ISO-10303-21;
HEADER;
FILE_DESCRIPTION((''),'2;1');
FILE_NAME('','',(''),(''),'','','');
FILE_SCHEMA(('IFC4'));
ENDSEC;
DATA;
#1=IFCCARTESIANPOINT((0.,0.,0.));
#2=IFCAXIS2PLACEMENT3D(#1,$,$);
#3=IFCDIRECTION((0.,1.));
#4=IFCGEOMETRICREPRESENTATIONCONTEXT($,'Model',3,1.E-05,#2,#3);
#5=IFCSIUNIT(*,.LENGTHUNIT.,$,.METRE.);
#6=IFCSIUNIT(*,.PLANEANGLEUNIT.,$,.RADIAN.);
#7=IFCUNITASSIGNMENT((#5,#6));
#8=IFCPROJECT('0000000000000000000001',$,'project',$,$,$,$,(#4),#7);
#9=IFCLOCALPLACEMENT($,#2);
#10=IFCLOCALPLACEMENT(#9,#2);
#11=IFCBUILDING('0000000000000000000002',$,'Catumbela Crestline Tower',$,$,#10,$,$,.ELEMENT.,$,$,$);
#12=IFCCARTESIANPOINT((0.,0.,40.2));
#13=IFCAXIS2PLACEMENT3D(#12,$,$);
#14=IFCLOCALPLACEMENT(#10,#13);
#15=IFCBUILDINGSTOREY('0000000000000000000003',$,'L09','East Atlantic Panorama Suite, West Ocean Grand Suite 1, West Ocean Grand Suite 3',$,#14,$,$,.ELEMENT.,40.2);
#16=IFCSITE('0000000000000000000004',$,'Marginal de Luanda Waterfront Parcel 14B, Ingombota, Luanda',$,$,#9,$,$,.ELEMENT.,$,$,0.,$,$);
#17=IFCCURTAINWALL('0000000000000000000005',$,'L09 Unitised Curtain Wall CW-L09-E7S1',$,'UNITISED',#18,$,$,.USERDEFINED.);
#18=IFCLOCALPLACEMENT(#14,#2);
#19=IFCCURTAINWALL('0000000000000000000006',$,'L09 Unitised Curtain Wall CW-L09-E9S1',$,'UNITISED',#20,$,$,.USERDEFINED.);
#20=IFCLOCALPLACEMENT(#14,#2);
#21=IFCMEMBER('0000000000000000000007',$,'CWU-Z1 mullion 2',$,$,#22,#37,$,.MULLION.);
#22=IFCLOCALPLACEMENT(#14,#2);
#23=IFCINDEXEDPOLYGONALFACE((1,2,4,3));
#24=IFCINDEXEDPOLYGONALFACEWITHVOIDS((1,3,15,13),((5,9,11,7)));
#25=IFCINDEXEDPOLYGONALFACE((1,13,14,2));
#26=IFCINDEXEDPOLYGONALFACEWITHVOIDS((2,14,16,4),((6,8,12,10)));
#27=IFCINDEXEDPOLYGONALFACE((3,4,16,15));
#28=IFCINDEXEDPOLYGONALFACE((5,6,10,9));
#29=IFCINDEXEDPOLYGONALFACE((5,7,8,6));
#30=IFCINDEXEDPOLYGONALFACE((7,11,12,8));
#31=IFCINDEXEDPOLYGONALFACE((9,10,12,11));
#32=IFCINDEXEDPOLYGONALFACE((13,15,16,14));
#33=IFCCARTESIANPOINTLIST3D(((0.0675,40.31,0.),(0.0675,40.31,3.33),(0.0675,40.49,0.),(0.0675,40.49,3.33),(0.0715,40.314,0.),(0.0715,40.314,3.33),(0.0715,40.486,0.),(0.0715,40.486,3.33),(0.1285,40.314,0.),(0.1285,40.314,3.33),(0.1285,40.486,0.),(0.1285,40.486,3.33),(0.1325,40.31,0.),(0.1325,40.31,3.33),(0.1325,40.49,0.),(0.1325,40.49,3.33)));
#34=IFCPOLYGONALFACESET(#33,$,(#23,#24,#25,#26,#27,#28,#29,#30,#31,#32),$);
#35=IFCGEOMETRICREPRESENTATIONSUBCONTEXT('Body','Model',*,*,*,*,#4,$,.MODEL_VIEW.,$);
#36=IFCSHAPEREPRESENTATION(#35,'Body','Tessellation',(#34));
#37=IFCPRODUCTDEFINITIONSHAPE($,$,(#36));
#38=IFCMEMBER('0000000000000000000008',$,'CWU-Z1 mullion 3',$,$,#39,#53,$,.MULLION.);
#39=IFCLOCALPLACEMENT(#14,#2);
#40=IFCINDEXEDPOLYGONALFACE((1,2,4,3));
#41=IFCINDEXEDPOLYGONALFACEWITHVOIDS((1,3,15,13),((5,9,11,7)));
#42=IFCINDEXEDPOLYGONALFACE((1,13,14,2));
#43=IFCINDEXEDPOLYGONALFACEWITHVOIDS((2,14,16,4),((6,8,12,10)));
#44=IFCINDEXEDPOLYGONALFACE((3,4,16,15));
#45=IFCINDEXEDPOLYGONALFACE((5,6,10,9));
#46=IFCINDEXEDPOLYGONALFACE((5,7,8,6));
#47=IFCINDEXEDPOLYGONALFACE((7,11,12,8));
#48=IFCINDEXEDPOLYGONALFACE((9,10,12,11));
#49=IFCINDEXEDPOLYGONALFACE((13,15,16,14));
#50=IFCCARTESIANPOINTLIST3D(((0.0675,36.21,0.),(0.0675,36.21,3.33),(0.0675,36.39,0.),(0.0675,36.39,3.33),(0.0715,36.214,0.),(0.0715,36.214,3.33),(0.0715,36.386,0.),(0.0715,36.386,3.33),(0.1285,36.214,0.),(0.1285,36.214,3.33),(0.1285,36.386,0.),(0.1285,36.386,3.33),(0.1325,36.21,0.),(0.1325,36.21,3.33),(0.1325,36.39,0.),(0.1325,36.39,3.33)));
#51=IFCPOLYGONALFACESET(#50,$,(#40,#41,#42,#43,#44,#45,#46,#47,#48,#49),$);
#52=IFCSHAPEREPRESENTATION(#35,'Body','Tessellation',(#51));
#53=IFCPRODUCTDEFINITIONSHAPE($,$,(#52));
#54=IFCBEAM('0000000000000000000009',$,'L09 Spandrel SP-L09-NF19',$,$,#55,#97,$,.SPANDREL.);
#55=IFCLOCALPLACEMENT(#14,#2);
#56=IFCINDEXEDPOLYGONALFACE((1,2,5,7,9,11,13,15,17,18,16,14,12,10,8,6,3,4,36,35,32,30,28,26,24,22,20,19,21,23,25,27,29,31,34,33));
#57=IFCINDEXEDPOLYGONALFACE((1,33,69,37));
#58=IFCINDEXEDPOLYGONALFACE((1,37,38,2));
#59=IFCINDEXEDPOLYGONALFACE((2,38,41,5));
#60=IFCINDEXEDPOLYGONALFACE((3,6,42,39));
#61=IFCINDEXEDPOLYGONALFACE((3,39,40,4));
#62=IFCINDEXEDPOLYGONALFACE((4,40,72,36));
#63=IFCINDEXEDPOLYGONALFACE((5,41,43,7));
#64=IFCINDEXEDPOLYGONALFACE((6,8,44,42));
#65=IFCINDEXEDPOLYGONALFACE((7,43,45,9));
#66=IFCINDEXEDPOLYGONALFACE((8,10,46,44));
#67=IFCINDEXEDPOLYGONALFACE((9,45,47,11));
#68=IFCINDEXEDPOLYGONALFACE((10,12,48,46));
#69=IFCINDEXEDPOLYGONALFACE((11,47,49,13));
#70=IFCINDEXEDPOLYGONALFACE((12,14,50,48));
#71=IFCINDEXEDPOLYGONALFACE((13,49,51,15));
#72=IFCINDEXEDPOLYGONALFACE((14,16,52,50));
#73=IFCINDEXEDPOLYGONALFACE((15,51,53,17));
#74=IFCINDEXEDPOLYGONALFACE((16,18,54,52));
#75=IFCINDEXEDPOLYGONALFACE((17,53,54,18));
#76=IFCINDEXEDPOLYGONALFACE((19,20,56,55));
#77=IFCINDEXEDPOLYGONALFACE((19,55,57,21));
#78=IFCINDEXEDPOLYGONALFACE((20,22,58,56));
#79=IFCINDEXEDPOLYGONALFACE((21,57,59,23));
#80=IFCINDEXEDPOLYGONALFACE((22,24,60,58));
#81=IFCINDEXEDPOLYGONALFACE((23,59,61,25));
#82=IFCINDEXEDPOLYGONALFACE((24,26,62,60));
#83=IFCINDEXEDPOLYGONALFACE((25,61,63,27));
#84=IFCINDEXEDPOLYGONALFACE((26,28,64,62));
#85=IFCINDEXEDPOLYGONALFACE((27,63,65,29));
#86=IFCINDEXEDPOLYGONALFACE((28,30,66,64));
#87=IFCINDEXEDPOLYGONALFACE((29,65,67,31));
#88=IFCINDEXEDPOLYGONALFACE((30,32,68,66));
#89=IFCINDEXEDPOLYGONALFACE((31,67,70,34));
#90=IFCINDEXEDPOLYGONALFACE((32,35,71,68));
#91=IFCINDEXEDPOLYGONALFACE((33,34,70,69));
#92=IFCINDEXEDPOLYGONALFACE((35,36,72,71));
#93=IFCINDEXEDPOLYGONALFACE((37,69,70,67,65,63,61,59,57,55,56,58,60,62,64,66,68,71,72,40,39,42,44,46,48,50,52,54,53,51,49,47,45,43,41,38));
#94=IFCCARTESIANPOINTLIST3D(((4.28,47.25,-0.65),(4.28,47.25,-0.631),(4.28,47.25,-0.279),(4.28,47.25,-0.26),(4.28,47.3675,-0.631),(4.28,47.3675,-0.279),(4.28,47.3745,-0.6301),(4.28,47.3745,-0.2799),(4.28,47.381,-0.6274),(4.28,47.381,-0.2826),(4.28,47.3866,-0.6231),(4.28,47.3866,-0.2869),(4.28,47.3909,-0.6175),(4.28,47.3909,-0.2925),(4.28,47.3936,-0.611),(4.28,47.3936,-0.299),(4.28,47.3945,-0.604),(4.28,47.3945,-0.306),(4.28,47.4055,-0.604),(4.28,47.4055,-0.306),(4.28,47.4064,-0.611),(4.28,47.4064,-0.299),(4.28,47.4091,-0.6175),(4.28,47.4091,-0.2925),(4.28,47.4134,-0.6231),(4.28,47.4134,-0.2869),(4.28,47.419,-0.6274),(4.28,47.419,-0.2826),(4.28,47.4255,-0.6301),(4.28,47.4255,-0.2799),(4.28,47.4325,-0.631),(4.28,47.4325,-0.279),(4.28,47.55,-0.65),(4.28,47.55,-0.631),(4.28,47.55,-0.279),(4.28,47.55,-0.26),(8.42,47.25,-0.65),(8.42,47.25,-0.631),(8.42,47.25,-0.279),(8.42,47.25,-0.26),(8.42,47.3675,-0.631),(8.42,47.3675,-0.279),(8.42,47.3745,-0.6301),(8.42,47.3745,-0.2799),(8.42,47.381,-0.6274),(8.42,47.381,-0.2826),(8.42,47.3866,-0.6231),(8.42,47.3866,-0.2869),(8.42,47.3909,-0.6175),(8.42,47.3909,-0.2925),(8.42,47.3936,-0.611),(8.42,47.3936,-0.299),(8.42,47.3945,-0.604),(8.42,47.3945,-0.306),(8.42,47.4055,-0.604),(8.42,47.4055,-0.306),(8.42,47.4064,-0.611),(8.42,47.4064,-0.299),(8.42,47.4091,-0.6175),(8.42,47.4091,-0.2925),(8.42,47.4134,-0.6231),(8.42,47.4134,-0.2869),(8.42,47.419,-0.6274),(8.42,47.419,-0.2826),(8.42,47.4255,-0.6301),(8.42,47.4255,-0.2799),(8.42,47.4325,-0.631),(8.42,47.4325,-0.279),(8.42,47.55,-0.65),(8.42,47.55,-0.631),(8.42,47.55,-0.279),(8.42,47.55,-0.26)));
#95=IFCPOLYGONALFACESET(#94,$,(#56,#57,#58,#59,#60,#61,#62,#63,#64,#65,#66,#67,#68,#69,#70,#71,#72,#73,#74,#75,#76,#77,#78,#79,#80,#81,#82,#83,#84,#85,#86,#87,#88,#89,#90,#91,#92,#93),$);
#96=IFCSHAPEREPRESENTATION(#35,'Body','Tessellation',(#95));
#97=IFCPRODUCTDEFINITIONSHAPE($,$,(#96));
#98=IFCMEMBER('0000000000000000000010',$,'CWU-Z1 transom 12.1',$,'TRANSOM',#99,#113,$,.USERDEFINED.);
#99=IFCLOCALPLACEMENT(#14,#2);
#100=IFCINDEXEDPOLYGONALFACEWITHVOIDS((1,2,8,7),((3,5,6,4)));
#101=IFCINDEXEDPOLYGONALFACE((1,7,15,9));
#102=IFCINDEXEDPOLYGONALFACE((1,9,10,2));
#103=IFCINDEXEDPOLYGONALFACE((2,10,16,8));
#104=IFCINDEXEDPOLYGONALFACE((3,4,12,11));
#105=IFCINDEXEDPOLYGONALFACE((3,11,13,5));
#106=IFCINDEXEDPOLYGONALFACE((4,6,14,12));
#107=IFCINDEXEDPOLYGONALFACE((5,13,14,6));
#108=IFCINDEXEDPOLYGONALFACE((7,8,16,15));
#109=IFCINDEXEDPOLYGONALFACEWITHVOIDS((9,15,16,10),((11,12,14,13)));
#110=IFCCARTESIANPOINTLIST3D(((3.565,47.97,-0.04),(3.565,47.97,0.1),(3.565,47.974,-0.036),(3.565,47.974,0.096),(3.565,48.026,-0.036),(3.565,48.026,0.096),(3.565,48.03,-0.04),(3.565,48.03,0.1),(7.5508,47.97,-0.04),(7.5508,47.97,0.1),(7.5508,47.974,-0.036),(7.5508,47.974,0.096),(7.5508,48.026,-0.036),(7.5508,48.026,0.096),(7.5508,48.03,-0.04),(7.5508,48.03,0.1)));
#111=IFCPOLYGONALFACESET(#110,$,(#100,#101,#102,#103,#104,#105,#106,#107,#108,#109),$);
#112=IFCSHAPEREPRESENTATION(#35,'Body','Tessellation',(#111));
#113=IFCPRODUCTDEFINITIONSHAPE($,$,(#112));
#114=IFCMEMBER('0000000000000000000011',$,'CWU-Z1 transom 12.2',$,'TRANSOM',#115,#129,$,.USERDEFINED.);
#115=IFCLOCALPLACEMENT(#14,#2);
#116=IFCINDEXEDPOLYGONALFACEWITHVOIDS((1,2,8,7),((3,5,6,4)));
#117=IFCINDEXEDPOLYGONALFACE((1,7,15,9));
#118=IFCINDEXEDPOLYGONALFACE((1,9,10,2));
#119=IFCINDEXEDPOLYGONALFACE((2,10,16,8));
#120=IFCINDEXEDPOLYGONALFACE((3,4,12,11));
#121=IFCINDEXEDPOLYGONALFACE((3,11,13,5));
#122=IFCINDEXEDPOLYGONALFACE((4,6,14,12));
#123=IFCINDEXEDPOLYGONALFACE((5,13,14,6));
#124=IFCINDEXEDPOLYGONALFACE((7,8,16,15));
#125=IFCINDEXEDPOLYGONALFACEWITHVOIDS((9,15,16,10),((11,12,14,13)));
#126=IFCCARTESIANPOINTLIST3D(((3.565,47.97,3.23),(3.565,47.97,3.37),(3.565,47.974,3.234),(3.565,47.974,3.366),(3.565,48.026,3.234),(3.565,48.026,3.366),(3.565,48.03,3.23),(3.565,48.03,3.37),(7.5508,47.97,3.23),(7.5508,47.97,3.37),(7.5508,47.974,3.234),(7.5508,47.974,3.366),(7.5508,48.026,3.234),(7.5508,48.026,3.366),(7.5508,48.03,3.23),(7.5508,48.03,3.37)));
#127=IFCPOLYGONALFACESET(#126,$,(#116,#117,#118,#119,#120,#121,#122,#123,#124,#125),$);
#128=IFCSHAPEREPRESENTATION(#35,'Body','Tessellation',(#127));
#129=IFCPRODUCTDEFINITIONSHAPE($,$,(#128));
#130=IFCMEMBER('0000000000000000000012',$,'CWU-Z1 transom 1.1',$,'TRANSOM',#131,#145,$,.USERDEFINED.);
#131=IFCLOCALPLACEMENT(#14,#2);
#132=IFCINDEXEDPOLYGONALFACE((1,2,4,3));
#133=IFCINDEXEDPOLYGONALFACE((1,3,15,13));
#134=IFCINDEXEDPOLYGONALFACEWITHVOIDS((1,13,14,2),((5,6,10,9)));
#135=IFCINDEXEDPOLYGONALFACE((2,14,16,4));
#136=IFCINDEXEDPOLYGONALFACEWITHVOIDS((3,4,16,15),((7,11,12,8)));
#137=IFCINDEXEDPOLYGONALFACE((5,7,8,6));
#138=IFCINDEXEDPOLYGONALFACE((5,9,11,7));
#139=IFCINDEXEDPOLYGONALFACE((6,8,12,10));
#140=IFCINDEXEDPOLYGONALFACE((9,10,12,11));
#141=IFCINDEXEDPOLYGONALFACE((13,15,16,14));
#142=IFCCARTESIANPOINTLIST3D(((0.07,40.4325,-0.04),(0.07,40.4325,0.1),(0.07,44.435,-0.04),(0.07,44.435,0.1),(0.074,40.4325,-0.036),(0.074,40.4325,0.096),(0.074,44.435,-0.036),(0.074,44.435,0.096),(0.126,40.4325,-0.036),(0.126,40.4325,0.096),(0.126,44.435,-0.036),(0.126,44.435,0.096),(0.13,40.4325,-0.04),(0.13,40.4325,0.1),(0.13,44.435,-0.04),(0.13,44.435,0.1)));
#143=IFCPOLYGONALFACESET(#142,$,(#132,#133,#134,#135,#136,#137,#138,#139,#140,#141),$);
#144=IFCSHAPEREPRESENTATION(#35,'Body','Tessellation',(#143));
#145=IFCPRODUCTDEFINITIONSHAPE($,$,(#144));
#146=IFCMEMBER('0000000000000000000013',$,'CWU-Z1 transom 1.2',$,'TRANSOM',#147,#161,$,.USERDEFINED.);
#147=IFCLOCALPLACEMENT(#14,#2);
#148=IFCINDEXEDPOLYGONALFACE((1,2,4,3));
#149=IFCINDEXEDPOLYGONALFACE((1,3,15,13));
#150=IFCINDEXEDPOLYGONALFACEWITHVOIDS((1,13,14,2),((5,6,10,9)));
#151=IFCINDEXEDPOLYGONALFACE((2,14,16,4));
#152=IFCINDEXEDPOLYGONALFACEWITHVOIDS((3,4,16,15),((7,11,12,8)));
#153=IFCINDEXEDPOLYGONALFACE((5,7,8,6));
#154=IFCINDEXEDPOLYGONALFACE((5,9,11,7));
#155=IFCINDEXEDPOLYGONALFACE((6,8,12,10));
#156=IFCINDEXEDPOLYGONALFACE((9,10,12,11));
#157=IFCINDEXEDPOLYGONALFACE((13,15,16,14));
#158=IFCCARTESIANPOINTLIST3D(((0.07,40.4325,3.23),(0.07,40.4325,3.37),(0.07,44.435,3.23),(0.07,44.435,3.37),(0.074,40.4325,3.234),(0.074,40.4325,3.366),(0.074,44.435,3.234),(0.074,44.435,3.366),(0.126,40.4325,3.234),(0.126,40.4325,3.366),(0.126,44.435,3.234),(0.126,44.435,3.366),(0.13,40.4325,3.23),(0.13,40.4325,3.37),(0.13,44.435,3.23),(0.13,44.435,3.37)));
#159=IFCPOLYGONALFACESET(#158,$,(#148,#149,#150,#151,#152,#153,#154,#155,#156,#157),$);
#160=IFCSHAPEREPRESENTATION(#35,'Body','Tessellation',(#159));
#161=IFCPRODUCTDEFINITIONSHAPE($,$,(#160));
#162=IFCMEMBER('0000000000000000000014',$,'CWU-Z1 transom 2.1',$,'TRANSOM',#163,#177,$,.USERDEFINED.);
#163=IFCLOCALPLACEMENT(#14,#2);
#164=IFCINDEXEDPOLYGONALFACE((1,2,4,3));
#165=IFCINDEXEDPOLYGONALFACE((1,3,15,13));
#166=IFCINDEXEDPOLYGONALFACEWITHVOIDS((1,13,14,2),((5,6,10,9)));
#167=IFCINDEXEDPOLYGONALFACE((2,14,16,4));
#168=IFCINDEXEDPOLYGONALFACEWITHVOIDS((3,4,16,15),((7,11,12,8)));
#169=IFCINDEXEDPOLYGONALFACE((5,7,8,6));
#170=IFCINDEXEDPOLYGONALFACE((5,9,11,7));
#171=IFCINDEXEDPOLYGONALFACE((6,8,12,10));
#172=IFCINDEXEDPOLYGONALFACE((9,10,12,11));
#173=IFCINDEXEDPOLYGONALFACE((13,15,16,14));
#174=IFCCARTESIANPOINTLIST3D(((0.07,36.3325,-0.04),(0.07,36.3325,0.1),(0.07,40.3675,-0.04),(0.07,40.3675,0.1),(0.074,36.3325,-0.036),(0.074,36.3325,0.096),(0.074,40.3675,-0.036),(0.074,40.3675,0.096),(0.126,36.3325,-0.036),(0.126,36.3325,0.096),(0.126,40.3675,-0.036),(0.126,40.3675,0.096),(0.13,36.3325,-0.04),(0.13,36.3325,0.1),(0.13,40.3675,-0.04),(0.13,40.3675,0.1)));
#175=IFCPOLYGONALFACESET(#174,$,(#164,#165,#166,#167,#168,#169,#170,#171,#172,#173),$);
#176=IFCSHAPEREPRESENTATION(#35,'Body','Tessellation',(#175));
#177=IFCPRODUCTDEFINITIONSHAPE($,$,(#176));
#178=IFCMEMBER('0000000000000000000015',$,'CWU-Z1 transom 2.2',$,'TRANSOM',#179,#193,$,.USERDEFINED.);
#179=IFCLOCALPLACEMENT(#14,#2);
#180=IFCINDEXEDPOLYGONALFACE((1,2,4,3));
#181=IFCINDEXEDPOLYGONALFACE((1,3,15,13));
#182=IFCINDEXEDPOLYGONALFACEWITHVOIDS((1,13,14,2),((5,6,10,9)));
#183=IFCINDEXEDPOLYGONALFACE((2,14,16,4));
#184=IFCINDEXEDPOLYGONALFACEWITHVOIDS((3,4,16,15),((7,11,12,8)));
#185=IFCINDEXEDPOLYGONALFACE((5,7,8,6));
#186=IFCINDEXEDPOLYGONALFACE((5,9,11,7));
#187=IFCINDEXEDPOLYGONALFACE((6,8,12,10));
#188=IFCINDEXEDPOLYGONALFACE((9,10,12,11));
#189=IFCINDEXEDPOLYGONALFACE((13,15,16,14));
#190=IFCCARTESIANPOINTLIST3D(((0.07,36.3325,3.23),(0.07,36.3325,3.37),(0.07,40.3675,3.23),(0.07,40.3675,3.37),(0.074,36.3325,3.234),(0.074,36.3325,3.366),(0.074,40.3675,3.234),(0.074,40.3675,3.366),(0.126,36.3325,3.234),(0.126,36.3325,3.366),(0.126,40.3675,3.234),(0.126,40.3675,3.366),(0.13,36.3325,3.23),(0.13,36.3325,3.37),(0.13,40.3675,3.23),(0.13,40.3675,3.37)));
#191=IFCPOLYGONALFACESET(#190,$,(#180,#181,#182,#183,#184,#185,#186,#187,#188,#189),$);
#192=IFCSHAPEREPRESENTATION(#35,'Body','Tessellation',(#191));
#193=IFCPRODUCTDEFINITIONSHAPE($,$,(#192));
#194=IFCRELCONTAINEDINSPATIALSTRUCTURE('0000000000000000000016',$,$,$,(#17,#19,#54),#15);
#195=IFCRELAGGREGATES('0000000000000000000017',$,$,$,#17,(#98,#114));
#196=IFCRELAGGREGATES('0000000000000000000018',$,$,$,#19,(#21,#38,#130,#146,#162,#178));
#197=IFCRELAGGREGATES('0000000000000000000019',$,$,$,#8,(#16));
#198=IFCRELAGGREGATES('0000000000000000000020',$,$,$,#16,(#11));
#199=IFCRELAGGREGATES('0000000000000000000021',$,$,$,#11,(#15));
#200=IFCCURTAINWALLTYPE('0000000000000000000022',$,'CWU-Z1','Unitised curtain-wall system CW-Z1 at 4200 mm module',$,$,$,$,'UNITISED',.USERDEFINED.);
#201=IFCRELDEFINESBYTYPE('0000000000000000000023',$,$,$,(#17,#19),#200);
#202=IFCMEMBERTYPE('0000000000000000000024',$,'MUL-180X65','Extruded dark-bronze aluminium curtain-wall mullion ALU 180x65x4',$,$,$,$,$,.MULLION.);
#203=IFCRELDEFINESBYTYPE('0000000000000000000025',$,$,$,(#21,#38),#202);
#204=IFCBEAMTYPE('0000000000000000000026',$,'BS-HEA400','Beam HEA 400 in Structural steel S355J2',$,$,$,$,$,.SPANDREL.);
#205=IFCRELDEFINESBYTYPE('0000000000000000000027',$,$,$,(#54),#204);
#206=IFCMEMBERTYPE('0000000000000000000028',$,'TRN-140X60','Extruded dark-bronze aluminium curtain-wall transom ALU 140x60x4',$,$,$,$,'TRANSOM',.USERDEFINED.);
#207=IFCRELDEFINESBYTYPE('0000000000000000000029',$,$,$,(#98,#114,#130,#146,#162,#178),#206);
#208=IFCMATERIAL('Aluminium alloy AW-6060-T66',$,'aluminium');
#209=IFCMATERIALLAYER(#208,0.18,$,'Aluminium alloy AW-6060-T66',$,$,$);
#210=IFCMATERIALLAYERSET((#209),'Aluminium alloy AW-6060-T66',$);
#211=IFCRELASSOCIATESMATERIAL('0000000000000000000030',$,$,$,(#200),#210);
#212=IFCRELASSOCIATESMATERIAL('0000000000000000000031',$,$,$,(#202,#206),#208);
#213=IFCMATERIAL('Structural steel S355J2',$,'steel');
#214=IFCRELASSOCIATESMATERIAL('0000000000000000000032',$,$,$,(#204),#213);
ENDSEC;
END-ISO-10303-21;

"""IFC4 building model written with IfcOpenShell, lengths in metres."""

from ifc_helpers import new_model, si_unit, direction, frame, origin, origin_2d, place, context, subcontext, project, spatial, hollow_rectangle, i_section, extrude, material, layer, layer_set, material_profile, profile_set, type_object, element, aggregate, save


model = new_model("IFC4")

# Units and contexts
model_context = context("Model", 3, precision=1e-05, world=origin(), true_north=direction((0.0, 1.0)))
body_context = subcontext(model_context, "Body", "Model", "MODEL_VIEW")
ifc_project = project(units=[si_unit("LENGTHUNIT", "METRE"), si_unit("PLANEANGLEUNIT", "RADIAN")], contexts=[model_context])

# Site, building, storey
site_placement = place(None, origin())
site = spatial("IfcSite", under=ifc_project, at=site_placement, Name="Marginal de Luanda Waterfront Parcel 14B, Ingombota, Luanda", CompositionType="ELEMENT", RefElevation=0.0)
building_placement = place(site_placement, origin())
building = spatial("IfcBuilding", under=site, at=building_placement, Name="Catumbela Crestline Tower", CompositionType="ELEMENT")
storey_placement = place(building_placement, frame((0.0, 0.0, 40.2)))
storey = spatial("IfcBuildingStorey", under=building, at=storey_placement, Name="L09", Description="East Atlantic Panorama Suite, West Ocean Grand Suite 1, West Ocean Grand Suite 3", CompositionType="ELEMENT", Elevation=40.2)

# Shared definitions
ifc_material_1 = material(Name="Structural steel S355J2", Category="steel")

# Curtain walls, members
ifc_material_2 = material(Name="Aluminium alloy AW-6060-T66", Category="aluminium")
ifc_layer_1 = layer(ifc_material_2, 0.18, Name="Aluminium alloy AW-6060-T66")
ifc_layer_set_1 = layer_set([ifc_layer_1], Name="Aluminium alloy AW-6060-T66")
curtain_wall_type = type_object("IfcCurtainWallType", Name="CWU-Z1", Description="Unitised curtain-wall system CW-Z1 at 4200 mm module", ElementType="UNITISED", PredefinedType="USERDEFINED", material=ifc_layer_set_1)
curtain_wall_1_placement = place(storey_placement, origin())
curtain_wall_1 = element("IfcCurtainWall", 1, at=curtain_wall_1_placement, inside=storey, type_object=curtain_wall_type, Name="L09 Unitised Curtain Wall CW-L09-E7S1", ObjectType="UNITISED", PredefinedType="USERDEFINED")
ifc_material_profile_1 = material_profile(ifc_material_2, hollow_rectangle(XDim=0.065, YDim=0.18, WallThickness=0.004, at=origin_2d()), Name="ALU 180x65x4")
ifc_profile_set_1 = profile_set([ifc_material_profile_1], Name="Aluminium alloy AW-6060-T66")
member_type_1 = type_object("IfcMemberType", Name="MUL-180X65", Description="Extruded dark-bronze aluminium curtain-wall mullion ALU 180x65x4", PredefinedType="MULLION", material=ifc_profile_set_1)
curtain_wall_2_placement = place(storey_placement, origin())
curtain_wall_2 = element("IfcCurtainWall", 2, at=curtain_wall_2_placement, inside=storey, type_object=curtain_wall_type, Name="L09 Unitised Curtain Wall CW-L09-E9S1", ObjectType="UNITISED", PredefinedType="USERDEFINED")
member_1_placement = place(storey_placement, frame((0.1, 40.4, 0.0), z_axis=(0.0, 0.0, 1.0), x_axis=(1.0, 0.0, 0.0)))
member_1 = element("IfcMember", 3, at=member_1_placement, type_object=member_type_1, Name="CWU-Z1 mullion 2", PredefinedType="MULLION", context=body_context, shape_type="SweptSolid", body=[
    extrude(hollow_rectangle(XDim=0.065, YDim=0.18, WallThickness=0.004, at=origin_2d()), origin(), (0.0, 0.0, 1.0), 3.33),
])
member_2_placement = place(storey_placement, frame((0.1, 36.3, 0.0), z_axis=(0.0, 0.0, 1.0), x_axis=(1.0, 0.0, 0.0)))
member_2 = element("IfcMember", 4, at=member_2_placement, type_object=member_type_1, Name="CWU-Z1 mullion 3", PredefinedType="MULLION", context=body_context, shape_type="SweptSolid", body=[
    extrude(hollow_rectangle(XDim=0.065, YDim=0.18, WallThickness=0.004, at=origin_2d()), origin(), (0.0, 0.0, 1.0), 3.33),
])

# Beam
ifc_material_profile_2 = material_profile(ifc_material_1, i_section(OverallWidth=0.3, OverallDepth=0.39, WebThickness=0.011, FlangeThickness=0.019, FilletRadius=0.027, at=origin_2d()), Name="HEA 400")
ifc_profile_set_2 = profile_set([ifc_material_profile_2], Name="Structural steel S355J2")
beam_type_1 = type_object("IfcBeamType", Name="BS-HEA400", Description="Beam HEA 400 in Structural steel S355J2", PredefinedType="SPANDREL", material=ifc_profile_set_2)
beam_1_placement = place(storey_placement, frame((4.28, 47.4, -0.455), z_axis=(1.0, 0.0, 0.0), x_axis=(0.0, 1.0, 0.0)))
element("IfcBeam", 5, at=beam_1_placement, inside=storey, type_object=beam_type_1, Name="L09 Spandrel SP-L09-NF19", PredefinedType="SPANDREL", context=body_context, shape_type="SweptSolid", body=[
    extrude(i_section(OverallWidth=0.3, OverallDepth=0.39, WebThickness=0.011, FlangeThickness=0.019, FilletRadius=0.027, at=origin_2d()), origin(), (0.0, 0.0, 1.0), 4.14),
])

# Members
ifc_material_profile_3 = material_profile(ifc_material_2, hollow_rectangle(XDim=0.06, YDim=0.14, WallThickness=0.004, at=origin_2d()), Name="ALU 140x60x4")
ifc_profile_set_3 = profile_set([ifc_material_profile_3], Name="Aluminium alloy AW-6060-T66")
member_type_2 = type_object("IfcMemberType", Name="TRN-140X60", Description="Extruded dark-bronze aluminium curtain-wall transom ALU 140x60x4", ElementType="TRANSOM", PredefinedType="USERDEFINED", material=ifc_profile_set_3)
member_3_placement = place(storey_placement, frame((7.5508, 48.0, 0.03), z_axis=(-1.0, 0.0, 0.0), x_axis=(0.0, -1.0, 0.0)))
member_3 = element("IfcMember", 6, at=member_3_placement, type_object=member_type_2, Name="CWU-Z1 transom 12.1", ObjectType="TRANSOM", PredefinedType="USERDEFINED", context=body_context, shape_type="SweptSolid", body=[
    extrude(hollow_rectangle(XDim=0.06, YDim=0.14, WallThickness=0.004, at=origin_2d()), origin(), (0.0, 0.0, 1.0), 3.9858),
])
member_4_placement = place(storey_placement, frame((7.5508, 48.0, 3.3), z_axis=(-1.0, 0.0, 0.0), x_axis=(0.0, -1.0, 0.0)))
member_4 = element("IfcMember", 7, at=member_4_placement, type_object=member_type_2, Name="CWU-Z1 transom 12.2", ObjectType="TRANSOM", PredefinedType="USERDEFINED", context=body_context, shape_type="SweptSolid", body=[
    extrude(hollow_rectangle(XDim=0.06, YDim=0.14, WallThickness=0.004, at=origin_2d()), origin(), (0.0, 0.0, 1.0), 3.9858),
])
member_5_placement = place(storey_placement, frame((0.1, 44.435, 0.03), z_axis=(0.0, -1.0, 0.0), x_axis=(1.0, 0.0, 0.0)))
member_5 = element("IfcMember", 8, at=member_5_placement, type_object=member_type_2, Name="CWU-Z1 transom 1.1", ObjectType="TRANSOM", PredefinedType="USERDEFINED", context=body_context, shape_type="SweptSolid", body=[
    extrude(hollow_rectangle(XDim=0.06, YDim=0.14, WallThickness=0.004, at=origin_2d()), origin(), (0.0, 0.0, 1.0), 4.0025),
])
member_6_placement = place(storey_placement, frame((0.1, 44.435, 3.3), z_axis=(0.0, -1.0, 0.0), x_axis=(1.0, 0.0, 0.0)))
member_6 = element("IfcMember", 9, at=member_6_placement, type_object=member_type_2, Name="CWU-Z1 transom 1.2", ObjectType="TRANSOM", PredefinedType="USERDEFINED", context=body_context, shape_type="SweptSolid", body=[
    extrude(hollow_rectangle(XDim=0.06, YDim=0.14, WallThickness=0.004, at=origin_2d()), origin(), (0.0, 0.0, 1.0), 4.0025),
])
member_7_placement = place(storey_placement, frame((0.1, 40.3675, 0.03), z_axis=(0.0, -1.0, 0.0), x_axis=(1.0, 0.0, 0.0)))
member_7 = element("IfcMember", 10, at=member_7_placement, type_object=member_type_2, Name="CWU-Z1 transom 2.1", ObjectType="TRANSOM", PredefinedType="USERDEFINED", context=body_context, shape_type="SweptSolid", body=[
    extrude(hollow_rectangle(XDim=0.06, YDim=0.14, WallThickness=0.004, at=origin_2d()), origin(), (0.0, 0.0, 1.0), 4.035),
])
member_8_placement = place(storey_placement, frame((0.1, 40.3675, 3.3), z_axis=(0.0, -1.0, 0.0), x_axis=(1.0, 0.0, 0.0)))
member_8 = element("IfcMember", 11, at=member_8_placement, type_object=member_type_2, Name="CWU-Z1 transom 2.2", ObjectType="TRANSOM", PredefinedType="USERDEFINED", context=body_context, shape_type="SweptSolid", body=[
    extrude(hollow_rectangle(XDim=0.06, YDim=0.14, WallThickness=0.004, at=origin_2d()), origin(), (0.0, 0.0, 1.0), 4.035),
])

aggregate(curtain_wall_1, [member_3, member_4])
aggregate(curtain_wall_2, [member_1, member_2, member_5, member_6, member_7, member_8])

save(model, "model.ifc")
